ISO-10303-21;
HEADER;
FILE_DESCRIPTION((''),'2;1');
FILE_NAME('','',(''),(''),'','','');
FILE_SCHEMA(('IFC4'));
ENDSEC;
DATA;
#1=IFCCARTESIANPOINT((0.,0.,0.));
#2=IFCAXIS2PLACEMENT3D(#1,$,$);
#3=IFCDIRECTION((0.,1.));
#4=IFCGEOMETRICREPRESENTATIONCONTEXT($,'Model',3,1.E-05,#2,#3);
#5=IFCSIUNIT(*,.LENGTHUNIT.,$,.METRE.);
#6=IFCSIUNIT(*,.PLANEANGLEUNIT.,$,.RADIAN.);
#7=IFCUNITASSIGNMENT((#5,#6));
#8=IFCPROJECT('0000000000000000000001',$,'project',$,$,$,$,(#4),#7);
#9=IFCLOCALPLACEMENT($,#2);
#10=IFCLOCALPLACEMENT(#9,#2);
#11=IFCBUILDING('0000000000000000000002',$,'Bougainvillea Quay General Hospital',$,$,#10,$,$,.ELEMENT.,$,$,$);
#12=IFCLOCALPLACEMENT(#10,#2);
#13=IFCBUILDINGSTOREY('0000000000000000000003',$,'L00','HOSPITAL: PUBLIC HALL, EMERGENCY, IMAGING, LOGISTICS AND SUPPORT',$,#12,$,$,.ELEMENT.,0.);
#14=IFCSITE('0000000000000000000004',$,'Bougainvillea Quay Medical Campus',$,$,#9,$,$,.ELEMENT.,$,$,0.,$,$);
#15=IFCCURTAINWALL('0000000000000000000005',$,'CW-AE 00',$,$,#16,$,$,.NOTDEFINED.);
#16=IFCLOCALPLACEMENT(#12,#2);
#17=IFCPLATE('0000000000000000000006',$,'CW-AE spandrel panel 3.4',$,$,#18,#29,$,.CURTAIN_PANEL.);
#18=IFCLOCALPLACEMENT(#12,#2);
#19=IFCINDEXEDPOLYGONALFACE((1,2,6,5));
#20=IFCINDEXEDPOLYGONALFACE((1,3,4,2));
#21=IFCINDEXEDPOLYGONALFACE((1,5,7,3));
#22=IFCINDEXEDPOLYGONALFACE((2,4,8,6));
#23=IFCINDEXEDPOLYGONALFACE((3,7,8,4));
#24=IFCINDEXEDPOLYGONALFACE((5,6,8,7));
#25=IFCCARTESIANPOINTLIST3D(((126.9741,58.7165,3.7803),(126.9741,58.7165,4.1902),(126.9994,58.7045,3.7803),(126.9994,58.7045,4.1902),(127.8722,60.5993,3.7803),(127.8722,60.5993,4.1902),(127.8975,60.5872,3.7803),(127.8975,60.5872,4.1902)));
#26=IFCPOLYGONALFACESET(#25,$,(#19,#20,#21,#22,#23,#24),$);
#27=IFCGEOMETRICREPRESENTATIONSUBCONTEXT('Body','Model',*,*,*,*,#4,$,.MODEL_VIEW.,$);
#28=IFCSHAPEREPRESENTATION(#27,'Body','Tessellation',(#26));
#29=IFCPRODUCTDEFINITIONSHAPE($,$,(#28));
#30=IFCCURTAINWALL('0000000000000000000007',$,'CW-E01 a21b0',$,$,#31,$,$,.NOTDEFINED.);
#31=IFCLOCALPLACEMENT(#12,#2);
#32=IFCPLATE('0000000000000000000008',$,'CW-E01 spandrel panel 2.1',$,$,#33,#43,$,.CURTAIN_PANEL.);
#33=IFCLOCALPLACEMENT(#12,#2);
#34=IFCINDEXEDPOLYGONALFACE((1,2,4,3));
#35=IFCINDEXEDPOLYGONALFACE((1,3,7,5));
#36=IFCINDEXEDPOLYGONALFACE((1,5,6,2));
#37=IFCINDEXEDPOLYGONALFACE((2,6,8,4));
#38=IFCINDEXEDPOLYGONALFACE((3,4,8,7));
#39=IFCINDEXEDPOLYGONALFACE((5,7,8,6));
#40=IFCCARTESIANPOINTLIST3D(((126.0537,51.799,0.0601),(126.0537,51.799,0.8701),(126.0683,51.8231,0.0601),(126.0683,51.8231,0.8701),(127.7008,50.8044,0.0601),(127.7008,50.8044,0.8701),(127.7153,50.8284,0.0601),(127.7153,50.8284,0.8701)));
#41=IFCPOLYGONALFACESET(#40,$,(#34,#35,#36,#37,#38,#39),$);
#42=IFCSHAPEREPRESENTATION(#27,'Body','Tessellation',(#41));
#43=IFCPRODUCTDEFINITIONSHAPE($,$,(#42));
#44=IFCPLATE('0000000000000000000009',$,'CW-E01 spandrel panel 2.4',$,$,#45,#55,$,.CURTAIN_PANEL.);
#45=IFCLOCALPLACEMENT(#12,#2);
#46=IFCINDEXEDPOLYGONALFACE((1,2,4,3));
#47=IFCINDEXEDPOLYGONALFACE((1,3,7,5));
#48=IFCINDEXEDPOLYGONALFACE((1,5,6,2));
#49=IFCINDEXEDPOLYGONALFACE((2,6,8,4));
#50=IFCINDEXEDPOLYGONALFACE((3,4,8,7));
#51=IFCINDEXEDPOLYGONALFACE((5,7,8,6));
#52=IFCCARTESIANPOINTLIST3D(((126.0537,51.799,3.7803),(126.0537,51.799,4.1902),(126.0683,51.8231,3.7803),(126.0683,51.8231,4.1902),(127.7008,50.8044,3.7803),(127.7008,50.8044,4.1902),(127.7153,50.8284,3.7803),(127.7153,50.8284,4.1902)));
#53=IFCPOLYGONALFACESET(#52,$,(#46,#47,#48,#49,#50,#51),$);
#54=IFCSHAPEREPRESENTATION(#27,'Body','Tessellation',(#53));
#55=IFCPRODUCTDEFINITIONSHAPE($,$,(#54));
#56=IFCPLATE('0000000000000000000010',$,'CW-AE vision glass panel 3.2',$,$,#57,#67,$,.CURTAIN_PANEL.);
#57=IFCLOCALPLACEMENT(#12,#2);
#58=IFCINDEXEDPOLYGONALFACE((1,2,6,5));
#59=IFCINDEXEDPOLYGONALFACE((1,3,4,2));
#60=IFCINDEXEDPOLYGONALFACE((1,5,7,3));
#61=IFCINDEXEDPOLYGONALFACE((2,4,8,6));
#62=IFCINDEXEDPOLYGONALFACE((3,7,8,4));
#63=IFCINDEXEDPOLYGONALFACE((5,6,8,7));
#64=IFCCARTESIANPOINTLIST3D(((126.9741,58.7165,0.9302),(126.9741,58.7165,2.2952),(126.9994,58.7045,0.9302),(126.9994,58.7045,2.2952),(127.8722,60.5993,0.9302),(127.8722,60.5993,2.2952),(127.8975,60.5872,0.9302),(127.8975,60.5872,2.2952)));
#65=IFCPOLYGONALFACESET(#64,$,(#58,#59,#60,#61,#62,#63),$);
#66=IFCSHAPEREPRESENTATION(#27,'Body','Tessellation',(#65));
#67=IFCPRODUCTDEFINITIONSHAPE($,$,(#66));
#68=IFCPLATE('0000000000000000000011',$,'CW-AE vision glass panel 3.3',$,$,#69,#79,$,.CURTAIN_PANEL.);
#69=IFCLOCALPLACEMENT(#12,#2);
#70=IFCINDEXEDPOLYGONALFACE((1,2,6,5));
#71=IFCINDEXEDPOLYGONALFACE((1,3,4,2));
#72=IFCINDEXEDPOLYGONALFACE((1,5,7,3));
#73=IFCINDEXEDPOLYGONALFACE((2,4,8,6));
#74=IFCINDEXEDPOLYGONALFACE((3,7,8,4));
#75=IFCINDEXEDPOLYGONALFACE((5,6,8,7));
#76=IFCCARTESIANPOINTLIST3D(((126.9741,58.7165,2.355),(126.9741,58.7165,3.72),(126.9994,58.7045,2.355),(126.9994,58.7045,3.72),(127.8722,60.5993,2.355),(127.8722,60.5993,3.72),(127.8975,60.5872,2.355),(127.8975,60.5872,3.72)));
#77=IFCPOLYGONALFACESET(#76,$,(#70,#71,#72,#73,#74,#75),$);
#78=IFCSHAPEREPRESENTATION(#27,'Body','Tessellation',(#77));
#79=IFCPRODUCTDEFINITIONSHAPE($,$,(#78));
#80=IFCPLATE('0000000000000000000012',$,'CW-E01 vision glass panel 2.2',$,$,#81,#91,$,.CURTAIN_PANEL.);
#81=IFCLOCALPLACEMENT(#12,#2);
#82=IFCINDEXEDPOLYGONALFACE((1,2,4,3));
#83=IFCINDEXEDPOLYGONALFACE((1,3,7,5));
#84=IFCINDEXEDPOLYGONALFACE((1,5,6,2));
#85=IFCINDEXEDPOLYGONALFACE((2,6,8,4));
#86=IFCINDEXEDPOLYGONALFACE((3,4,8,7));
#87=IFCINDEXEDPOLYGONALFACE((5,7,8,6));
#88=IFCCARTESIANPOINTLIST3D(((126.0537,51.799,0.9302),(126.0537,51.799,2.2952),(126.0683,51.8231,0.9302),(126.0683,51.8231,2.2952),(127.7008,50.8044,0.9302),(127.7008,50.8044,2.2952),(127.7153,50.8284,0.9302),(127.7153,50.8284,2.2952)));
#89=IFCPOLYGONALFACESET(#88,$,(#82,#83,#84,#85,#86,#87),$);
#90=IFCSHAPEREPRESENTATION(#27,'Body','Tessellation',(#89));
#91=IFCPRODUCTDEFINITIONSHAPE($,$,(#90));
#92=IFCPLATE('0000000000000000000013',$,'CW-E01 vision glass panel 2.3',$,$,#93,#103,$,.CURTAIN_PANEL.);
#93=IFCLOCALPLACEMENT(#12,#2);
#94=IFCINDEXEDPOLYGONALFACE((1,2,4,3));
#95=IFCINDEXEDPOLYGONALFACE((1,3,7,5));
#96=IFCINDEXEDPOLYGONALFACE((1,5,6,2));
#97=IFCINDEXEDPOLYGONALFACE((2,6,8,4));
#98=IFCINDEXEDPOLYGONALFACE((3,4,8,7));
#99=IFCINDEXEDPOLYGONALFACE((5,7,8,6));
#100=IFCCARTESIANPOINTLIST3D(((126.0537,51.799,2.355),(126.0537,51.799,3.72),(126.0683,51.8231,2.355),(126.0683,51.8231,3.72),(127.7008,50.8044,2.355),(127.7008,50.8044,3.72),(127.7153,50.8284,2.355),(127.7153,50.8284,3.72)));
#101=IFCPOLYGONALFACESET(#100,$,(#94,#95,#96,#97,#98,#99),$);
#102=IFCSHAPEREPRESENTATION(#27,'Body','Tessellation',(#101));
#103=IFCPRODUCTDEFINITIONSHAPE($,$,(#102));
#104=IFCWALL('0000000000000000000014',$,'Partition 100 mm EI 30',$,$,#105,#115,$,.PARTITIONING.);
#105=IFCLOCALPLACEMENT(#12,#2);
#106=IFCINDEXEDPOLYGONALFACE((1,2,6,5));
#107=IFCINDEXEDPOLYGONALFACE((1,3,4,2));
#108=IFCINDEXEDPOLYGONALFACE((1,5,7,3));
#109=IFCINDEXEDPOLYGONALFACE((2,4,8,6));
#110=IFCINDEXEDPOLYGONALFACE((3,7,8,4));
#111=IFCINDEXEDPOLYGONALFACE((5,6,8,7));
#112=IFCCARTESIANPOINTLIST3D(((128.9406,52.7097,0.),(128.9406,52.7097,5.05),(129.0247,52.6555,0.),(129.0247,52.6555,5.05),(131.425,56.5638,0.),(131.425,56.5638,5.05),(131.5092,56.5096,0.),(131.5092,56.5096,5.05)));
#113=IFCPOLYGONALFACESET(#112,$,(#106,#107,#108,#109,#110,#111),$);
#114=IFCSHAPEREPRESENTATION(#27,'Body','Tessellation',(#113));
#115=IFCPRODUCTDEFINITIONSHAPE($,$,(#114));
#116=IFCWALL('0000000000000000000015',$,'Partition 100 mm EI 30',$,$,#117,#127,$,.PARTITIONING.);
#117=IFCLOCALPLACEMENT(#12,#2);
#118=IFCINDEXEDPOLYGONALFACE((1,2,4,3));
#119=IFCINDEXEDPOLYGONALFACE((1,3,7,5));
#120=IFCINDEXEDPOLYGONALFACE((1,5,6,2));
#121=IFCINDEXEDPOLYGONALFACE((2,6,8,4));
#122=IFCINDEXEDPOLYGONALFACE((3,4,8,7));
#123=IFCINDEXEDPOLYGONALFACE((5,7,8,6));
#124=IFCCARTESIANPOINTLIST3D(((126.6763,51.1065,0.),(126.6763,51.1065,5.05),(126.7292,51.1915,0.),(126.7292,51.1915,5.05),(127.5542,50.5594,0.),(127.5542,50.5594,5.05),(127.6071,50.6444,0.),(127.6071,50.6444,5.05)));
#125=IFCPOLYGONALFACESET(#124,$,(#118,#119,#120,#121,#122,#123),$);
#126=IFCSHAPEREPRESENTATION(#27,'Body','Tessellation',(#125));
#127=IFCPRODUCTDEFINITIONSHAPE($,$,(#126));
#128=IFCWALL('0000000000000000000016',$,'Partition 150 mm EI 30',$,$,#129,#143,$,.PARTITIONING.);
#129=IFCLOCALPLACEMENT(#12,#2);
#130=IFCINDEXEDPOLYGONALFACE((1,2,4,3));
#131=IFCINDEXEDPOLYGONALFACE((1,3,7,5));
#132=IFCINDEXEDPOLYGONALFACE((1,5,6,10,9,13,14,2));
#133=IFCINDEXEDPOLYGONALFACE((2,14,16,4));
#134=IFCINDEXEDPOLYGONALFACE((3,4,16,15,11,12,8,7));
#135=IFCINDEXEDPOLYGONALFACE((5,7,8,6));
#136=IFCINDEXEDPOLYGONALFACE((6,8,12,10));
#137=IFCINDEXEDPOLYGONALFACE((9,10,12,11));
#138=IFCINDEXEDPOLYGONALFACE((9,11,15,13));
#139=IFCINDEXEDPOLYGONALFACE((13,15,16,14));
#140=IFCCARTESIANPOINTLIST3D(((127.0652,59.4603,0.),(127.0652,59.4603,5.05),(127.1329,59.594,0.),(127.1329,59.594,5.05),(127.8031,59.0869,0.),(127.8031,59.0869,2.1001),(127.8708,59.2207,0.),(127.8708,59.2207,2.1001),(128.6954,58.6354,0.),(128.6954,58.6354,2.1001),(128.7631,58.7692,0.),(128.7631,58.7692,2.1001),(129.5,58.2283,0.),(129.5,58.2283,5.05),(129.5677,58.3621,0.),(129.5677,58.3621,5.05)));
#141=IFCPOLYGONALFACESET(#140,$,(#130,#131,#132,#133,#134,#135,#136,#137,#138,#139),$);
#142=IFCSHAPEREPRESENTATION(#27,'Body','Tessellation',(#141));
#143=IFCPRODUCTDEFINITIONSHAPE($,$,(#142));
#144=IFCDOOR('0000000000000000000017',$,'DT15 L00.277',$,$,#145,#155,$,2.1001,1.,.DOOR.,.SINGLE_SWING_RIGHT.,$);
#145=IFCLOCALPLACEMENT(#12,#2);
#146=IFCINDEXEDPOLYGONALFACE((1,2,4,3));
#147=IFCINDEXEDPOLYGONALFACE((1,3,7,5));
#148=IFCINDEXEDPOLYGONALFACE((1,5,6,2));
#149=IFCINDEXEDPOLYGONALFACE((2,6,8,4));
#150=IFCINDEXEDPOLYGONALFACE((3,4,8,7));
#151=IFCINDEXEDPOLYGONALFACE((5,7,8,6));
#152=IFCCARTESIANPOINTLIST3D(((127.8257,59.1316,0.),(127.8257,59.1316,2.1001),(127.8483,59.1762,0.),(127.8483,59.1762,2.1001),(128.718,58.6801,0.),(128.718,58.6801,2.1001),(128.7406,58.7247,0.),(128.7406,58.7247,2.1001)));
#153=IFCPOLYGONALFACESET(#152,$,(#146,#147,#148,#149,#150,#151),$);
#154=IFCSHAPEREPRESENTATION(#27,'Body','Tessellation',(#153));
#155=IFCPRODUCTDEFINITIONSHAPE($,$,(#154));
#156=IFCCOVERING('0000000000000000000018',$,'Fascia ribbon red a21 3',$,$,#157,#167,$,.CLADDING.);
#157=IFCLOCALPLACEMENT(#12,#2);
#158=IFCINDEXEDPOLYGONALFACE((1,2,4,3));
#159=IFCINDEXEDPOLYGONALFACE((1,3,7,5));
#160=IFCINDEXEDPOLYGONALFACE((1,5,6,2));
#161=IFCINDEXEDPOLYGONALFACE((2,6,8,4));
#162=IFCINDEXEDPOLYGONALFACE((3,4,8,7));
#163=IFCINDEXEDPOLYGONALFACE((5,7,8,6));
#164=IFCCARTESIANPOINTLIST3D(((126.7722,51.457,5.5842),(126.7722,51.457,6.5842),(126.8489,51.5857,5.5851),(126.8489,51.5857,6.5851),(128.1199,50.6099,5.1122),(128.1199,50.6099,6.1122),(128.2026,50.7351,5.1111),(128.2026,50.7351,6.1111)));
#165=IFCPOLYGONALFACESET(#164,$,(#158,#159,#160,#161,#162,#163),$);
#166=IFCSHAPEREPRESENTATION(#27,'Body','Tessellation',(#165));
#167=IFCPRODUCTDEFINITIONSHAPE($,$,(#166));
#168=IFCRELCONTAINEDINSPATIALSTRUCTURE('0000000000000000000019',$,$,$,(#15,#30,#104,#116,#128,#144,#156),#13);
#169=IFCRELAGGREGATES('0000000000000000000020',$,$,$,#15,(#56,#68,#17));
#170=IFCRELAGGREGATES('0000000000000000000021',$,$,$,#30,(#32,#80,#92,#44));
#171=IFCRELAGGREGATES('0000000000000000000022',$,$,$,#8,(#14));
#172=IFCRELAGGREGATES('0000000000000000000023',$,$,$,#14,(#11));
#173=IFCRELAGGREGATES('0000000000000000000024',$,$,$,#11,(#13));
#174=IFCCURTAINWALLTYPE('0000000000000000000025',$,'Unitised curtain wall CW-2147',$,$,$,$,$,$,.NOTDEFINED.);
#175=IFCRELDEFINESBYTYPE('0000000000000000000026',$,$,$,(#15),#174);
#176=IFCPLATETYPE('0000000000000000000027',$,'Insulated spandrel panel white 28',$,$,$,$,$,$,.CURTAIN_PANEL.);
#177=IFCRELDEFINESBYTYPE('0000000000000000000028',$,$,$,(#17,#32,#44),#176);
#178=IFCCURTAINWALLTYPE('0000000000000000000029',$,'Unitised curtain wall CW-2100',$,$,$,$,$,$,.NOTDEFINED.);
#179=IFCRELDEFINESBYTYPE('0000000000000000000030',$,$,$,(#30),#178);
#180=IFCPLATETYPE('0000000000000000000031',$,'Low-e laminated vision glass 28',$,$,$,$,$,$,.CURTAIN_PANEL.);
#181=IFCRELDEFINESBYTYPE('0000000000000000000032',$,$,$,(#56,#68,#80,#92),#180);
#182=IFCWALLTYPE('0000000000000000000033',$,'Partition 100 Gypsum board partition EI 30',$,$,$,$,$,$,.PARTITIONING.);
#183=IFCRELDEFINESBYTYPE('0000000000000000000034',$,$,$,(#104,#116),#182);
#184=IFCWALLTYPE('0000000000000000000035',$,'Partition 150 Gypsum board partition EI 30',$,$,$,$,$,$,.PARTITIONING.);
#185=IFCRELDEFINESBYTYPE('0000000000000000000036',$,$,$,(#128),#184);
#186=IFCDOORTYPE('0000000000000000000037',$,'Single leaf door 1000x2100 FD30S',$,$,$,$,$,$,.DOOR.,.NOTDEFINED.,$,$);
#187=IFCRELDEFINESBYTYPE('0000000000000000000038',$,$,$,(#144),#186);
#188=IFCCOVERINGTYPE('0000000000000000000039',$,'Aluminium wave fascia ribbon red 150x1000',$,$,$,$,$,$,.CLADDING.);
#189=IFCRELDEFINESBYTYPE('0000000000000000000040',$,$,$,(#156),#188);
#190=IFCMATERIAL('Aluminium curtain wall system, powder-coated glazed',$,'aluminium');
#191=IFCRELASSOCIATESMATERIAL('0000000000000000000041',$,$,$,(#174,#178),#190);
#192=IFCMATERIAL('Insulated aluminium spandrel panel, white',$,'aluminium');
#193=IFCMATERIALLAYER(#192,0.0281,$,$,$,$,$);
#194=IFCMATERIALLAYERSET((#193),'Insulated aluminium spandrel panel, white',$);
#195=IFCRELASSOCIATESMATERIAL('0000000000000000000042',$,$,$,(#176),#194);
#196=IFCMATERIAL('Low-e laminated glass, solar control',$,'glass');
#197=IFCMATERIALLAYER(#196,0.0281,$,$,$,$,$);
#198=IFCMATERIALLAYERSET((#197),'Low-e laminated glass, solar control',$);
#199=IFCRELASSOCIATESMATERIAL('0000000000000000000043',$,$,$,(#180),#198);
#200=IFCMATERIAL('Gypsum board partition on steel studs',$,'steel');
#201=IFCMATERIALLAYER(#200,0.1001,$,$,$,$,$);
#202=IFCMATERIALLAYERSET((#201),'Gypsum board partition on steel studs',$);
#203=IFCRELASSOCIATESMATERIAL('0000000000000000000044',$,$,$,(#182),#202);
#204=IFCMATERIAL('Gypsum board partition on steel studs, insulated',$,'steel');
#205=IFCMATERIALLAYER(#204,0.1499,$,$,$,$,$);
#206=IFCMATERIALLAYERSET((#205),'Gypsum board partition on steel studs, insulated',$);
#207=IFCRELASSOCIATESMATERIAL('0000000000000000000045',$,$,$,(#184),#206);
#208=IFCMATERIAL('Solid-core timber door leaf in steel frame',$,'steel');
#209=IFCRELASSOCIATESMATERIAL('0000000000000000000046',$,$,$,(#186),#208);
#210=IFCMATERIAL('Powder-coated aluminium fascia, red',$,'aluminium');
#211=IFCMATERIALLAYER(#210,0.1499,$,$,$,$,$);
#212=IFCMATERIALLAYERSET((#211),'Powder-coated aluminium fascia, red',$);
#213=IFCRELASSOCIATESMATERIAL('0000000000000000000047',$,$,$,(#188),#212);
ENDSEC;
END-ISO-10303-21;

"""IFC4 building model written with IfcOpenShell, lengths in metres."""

from ifc_helpers import new_model, si_unit, direction, frame, frame_2d, origin, origin_2d, place, context, subcontext, project, spatial, polyline, rectangle, outline, extrude, material, layer, layer_set, type_object, element, fill, aggregate, save


model = new_model("IFC4")

# Units and contexts
model_context = context("Model", 3, precision=1e-05, world=origin(), true_north=direction((0.0, 1.0)))
body_context = subcontext(model_context, "Body", "Model", "MODEL_VIEW")
ifc_project = project(units=[si_unit("LENGTHUNIT", "METRE"), si_unit("PLANEANGLEUNIT", "RADIAN")], contexts=[model_context])

# Site, building, storey
site_placement = place(None, origin())
site = spatial("IfcSite", under=ifc_project, at=site_placement, Name="Bougainvillea Quay Medical Campus", CompositionType="ELEMENT", RefElevation=0.0)
building_placement = place(site_placement, origin())
building = spatial("IfcBuilding", under=site, at=building_placement, Name="Bougainvillea Quay General Hospital", CompositionType="ELEMENT")
storey_placement = place(building_placement, origin())
storey = spatial("IfcBuildingStorey", under=building, at=storey_placement, Name="L00", Description="HOSPITAL: PUBLIC HALL, EMERGENCY, IMAGING, LOGISTICS AND SUPPORT", CompositionType="ELEMENT", Elevation=0.0)

# Curtain wall, plate
ifc_material_1 = material(Name="Aluminium curtain wall system, powder-coated glazed", Category="aluminium")
curtain_wall_type_1 = type_object("IfcCurtainWallType", Name="Unitised curtain wall CW-2147", PredefinedType="NOTDEFINED", material=ifc_material_1)
curtain_wall_1_placement = place(storey_placement, origin())
curtain_wall_1 = element("IfcCurtainWall", 1, at=curtain_wall_1_placement, inside=storey, type_object=curtain_wall_type_1, Name="CW-AE 00", PredefinedType="NOTDEFINED")
ifc_material_2 = material(Name="Insulated aluminium spandrel panel, white", Category="aluminium")
ifc_layer_1 = layer(ifc_material_2, 0.0281)
ifc_layer_set_1 = layer_set([ifc_layer_1], Name="Insulated aluminium spandrel panel, white")
plate_type_1 = type_object("IfcPlateType", Name="Insulated spandrel panel white 28", PredefinedType="CURTAIN_PANEL", material=ifc_layer_set_1)
plate_1_placement = place(storey_placement, frame((127.4358, 59.6519, 3.7803), z_axis=(0.0, 0.0, 1.0), x_axis=(-0.43053, -0.902576, 0.0)))
plate_1 = element("IfcPlate", 2, at=plate_1_placement, type_object=plate_type_1, Name="CW-AE spandrel panel 3.4", PredefinedType="CURTAIN_PANEL", context=body_context, shape_type="SweptSolid", body=[
    extrude(rectangle(XDim=2.0859, YDim=0.0281, at=origin_2d()), origin(), (0.0, 0.0, 1.0), 0.4099),
])

# Curtain wall, plates
curtain_wall_type_2 = type_object("IfcCurtainWallType", Name="Unitised curtain wall CW-2100", PredefinedType="NOTDEFINED", material=ifc_material_1)
curtain_wall_2_placement = place(storey_placement, origin())
curtain_wall_2 = element("IfcCurtainWall", 3, at=curtain_wall_2_placement, inside=storey, type_object=curtain_wall_type_2, Name="CW-E01 a21b0", PredefinedType="NOTDEFINED")
plate_2_placement = place(storey_placement, frame((126.8845, 51.3137, 0.0601), z_axis=(0.0, 0.0, 1.0), x_axis=(0.856023, -0.516938, 0.0)))
plate_2 = element("IfcPlate", 4, at=plate_2_placement, type_object=plate_type_1, Name="CW-E01 spandrel panel 2.1", PredefinedType="CURTAIN_PANEL", context=body_context, shape_type="SweptSolid", body=[
    extrude(rectangle(XDim=1.9241, YDim=0.0281, at=origin_2d()), origin(), (0.0, 0.0, 1.0), 0.8101),
])
plate_3_placement = place(storey_placement, frame((126.8845, 51.3137, 3.7803), z_axis=(0.0, 0.0, 1.0), x_axis=(0.856023, -0.516938, 0.0)))
plate_3 = element("IfcPlate", 5, at=plate_3_placement, type_object=plate_type_1, Name="CW-E01 spandrel panel 2.4", PredefinedType="CURTAIN_PANEL", context=body_context, shape_type="SweptSolid", body=[
    extrude(rectangle(XDim=1.9241, YDim=0.0281, at=origin_2d()), origin(), (0.0, 0.0, 1.0), 0.4099),
])

# Plates
ifc_material_3 = material(Name="Low-e laminated glass, solar control", Category="glass")
ifc_layer_2 = layer(ifc_material_3, 0.0281)
ifc_layer_set_2 = layer_set([ifc_layer_2], Name="Low-e laminated glass, solar control")
plate_type_2 = type_object("IfcPlateType", Name="Low-e laminated vision glass 28", PredefinedType="CURTAIN_PANEL", material=ifc_layer_set_2)
plate_4_placement = place(storey_placement, frame((127.4358, 59.6519, 0.9302), z_axis=(0.0, 0.0, 1.0), x_axis=(-0.43053, -0.902576, 0.0)))
plate_4 = element("IfcPlate", 6, at=plate_4_placement, type_object=plate_type_2, Name="CW-AE vision glass panel 3.2", PredefinedType="CURTAIN_PANEL", context=body_context, shape_type="SweptSolid", body=[
    extrude(rectangle(XDim=2.0859, YDim=0.0281, at=origin_2d()), origin(), (0.0, 0.0, 1.0), 1.365),
])
plate_5_placement = place(storey_placement, frame((127.4358, 59.6519, 2.355), z_axis=(0.0, 0.0, 1.0), x_axis=(-0.43053, -0.902576, 0.0)))
plate_5 = element("IfcPlate", 7, at=plate_5_placement, type_object=plate_type_2, Name="CW-AE vision glass panel 3.3", PredefinedType="CURTAIN_PANEL", context=body_context, shape_type="SweptSolid", body=[
    extrude(rectangle(XDim=2.0859, YDim=0.0281, at=origin_2d()), origin(), (0.0, 0.0, 1.0), 1.365),
])
aggregate(curtain_wall_1, [plate_4, plate_5, plate_1])
plate_6_placement = place(storey_placement, frame((126.8845, 51.3137, 0.9302), z_axis=(0.0, 0.0, 1.0), x_axis=(0.856023, -0.516938, 0.0)))
plate_6 = element("IfcPlate", 8, at=plate_6_placement, type_object=plate_type_2, Name="CW-E01 vision glass panel 2.2", PredefinedType="CURTAIN_PANEL", context=body_context, shape_type="SweptSolid", body=[
    extrude(rectangle(XDim=1.9241, YDim=0.0281, at=origin_2d()), origin(), (0.0, 0.0, 1.0), 1.365),
])
plate_7_placement = place(storey_placement, frame((126.8845, 51.3137, 2.355), z_axis=(0.0, 0.0, 1.0), x_axis=(0.856023, -0.516938, 0.0)))
plate_7 = element("IfcPlate", 9, at=plate_7_placement, type_object=plate_type_2, Name="CW-E01 vision glass panel 2.3", PredefinedType="CURTAIN_PANEL", context=body_context, shape_type="SweptSolid", body=[
    extrude(rectangle(XDim=1.9241, YDim=0.0281, at=origin_2d()), origin(), (0.0, 0.0, 1.0), 1.365),
])
aggregate(curtain_wall_2, [plate_2, plate_6, plate_7, plate_3])

# Walls
ifc_material_4 = material(Name="Gypsum board partition on steel studs", Category="steel")
ifc_layer_3 = layer(ifc_material_4, 0.1001)
ifc_layer_set_3 = layer_set([ifc_layer_3], Name="Gypsum board partition on steel studs")
wall_type_1 = type_object("IfcWallType", Name="Partition 100 Gypsum board partition EI 30", PredefinedType="PARTITIONING", material=ifc_layer_set_3)
wall_1_placement = place(storey_placement, frame((128.9827, 52.6826, 0.0), z_axis=(0.0, 0.0, 1.0), x_axis=(0.541807, 0.840503, 0.0)))
element("IfcWall", 10, at=wall_1_placement, inside=storey, type_object=wall_type_1, Name="Partition 100 mm EI 30", PredefinedType="PARTITIONING", context=body_context, shape_type="SweptSolid", body=[
    extrude(rectangle(XDim=4.5854, YDim=0.1001, at=frame_2d((2.2927, 0.0))), origin(), (0.0, 0.0, 1.0), 5.05),
])
wall_2_placement = place(storey_placement, frame((126.7029, 51.1489, 0.0), z_axis=(0.0, 0.0, 1.0), x_axis=(0.848687, -0.528895, 0.0)))
element("IfcWall", 11, at=wall_2_placement, inside=storey, type_object=wall_type_1, Name="Partition 100 mm EI 30", PredefinedType="PARTITIONING", context=body_context, shape_type="SweptSolid", body=[
    extrude(rectangle(XDim=1.0344, YDim=0.1001, at=frame_2d((0.5171, 0.0))), origin(), (0.0, 0.0, 1.0), 5.05),
])

# Wall, opening, door
ifc_material_5 = material(Name="Gypsum board partition on steel studs, insulated", Category="steel")
ifc_layer_4 = layer(ifc_material_5, 0.1499)
ifc_layer_set_4 = layer_set([ifc_layer_4], Name="Gypsum board partition on steel studs, insulated")
wall_type_2 = type_object("IfcWallType", Name="Partition 150 Gypsum board partition EI 30", PredefinedType="PARTITIONING", material=ifc_layer_set_4)
wall_3_placement = place(storey_placement, frame((127.0991, 59.5271, 0.0), z_axis=(0.0, 0.0, 1.0), x_axis=(0.892288, -0.451467, 0.0)))
wall_3 = element("IfcWall", 12, at=wall_3_placement, inside=storey, type_object=wall_type_2, Name="Partition 150 mm EI 30", PredefinedType="PARTITIONING", context=body_context, shape_type="SweptSolid", body=[
    extrude(rectangle(XDim=2.7288, YDim=0.1499, at=frame_2d((1.3643, 0.0))), origin(), (0.0, 0.0, 1.0), 5.05),
])
opening_placement = place(wall_3_placement, frame((0.8269, 0.0, 0.0)))
opening = element("IfcOpeningElement", 13, at=opening_placement, cuts=wall_3, PredefinedType="OPENING", context=body_context, shape_type="SweptSolid", body=[
    extrude(rectangle(XDim=1.0, YDim=2.1001, at=frame_2d((0.5, 1.05))), frame((0.0, 0.085, 0.0), z_axis=(0.0, -1.0, 0.0), x_axis=(1.0, 0.0, 0.0)), (0.0, 0.0, 1.0), 0.1699),
])
ifc_material_6 = material(Name="Solid-core timber door leaf in steel frame", Category="steel")
door_type = type_object("IfcDoorType", Name="Single leaf door 1000x2100 FD30S", OperationType="NOTDEFINED", PredefinedType="DOOR", material=ifc_material_6)
door_placement = place(opening_placement, frame((1.0, 0.0, 0.0), z_axis=(0.0, 0.0, 1.0), x_axis=(-1.0, 0.0, 0.0)))
door = element("IfcDoor", 14, at=door_placement, inside=storey, type_object=door_type, Name="DT15 L00.277", OperationType="SINGLE_SWING_RIGHT", OverallHeight=2.1001, OverallWidth=1.0, PredefinedType="DOOR", context=body_context, shape_type="SweptSolid", body=[
    extrude(rectangle(XDim=1.0, YDim=2.1001, at=frame_2d((0.5, 1.05))), frame((0.0, 0.0249, 0.0), z_axis=(0.0, -1.0, 0.0), x_axis=(1.0, 0.0, 0.0)), (0.0, 0.0, 1.0), 0.05),
])
fill(opening, door)

# Covering
ifc_material_7 = material(Name="Powder-coated aluminium fascia, red", Category="aluminium")
ifc_layer_5 = layer(ifc_material_7, 0.1499)
ifc_layer_set_5 = layer_set([ifc_layer_5], Name="Powder-coated aluminium fascia, red")
covering_type = type_object("IfcCoveringType", Name="Aluminium wave fascia ribbon red 150x1000", PredefinedType="CLADDING", material=ifc_layer_set_5)
covering_placement = place(storey_placement, frame((126.7722, 51.457, 5.5842), z_axis=(0.241168, -0.150504, 0.958742), x_axis=(0.811688, -0.510246, -0.284275)))
element("IfcCovering", 15, at=covering_placement, inside=storey, type_object=covering_type, Name="Fascia ribbon red a21 3", PredefinedType="CLADDING", context=body_context, shape_type="SweptSolid", body=[
    extrude(outline(polyline([(0.0, 0.0), (1.6603, 0.0), (1.6639, 0.1501), (-0.0037, 0.1497), (0.0, 0.0)])), origin(), (-0.284275, -0.000893, 0.958742), 1.0),
])

save(model, "model.ifc")
